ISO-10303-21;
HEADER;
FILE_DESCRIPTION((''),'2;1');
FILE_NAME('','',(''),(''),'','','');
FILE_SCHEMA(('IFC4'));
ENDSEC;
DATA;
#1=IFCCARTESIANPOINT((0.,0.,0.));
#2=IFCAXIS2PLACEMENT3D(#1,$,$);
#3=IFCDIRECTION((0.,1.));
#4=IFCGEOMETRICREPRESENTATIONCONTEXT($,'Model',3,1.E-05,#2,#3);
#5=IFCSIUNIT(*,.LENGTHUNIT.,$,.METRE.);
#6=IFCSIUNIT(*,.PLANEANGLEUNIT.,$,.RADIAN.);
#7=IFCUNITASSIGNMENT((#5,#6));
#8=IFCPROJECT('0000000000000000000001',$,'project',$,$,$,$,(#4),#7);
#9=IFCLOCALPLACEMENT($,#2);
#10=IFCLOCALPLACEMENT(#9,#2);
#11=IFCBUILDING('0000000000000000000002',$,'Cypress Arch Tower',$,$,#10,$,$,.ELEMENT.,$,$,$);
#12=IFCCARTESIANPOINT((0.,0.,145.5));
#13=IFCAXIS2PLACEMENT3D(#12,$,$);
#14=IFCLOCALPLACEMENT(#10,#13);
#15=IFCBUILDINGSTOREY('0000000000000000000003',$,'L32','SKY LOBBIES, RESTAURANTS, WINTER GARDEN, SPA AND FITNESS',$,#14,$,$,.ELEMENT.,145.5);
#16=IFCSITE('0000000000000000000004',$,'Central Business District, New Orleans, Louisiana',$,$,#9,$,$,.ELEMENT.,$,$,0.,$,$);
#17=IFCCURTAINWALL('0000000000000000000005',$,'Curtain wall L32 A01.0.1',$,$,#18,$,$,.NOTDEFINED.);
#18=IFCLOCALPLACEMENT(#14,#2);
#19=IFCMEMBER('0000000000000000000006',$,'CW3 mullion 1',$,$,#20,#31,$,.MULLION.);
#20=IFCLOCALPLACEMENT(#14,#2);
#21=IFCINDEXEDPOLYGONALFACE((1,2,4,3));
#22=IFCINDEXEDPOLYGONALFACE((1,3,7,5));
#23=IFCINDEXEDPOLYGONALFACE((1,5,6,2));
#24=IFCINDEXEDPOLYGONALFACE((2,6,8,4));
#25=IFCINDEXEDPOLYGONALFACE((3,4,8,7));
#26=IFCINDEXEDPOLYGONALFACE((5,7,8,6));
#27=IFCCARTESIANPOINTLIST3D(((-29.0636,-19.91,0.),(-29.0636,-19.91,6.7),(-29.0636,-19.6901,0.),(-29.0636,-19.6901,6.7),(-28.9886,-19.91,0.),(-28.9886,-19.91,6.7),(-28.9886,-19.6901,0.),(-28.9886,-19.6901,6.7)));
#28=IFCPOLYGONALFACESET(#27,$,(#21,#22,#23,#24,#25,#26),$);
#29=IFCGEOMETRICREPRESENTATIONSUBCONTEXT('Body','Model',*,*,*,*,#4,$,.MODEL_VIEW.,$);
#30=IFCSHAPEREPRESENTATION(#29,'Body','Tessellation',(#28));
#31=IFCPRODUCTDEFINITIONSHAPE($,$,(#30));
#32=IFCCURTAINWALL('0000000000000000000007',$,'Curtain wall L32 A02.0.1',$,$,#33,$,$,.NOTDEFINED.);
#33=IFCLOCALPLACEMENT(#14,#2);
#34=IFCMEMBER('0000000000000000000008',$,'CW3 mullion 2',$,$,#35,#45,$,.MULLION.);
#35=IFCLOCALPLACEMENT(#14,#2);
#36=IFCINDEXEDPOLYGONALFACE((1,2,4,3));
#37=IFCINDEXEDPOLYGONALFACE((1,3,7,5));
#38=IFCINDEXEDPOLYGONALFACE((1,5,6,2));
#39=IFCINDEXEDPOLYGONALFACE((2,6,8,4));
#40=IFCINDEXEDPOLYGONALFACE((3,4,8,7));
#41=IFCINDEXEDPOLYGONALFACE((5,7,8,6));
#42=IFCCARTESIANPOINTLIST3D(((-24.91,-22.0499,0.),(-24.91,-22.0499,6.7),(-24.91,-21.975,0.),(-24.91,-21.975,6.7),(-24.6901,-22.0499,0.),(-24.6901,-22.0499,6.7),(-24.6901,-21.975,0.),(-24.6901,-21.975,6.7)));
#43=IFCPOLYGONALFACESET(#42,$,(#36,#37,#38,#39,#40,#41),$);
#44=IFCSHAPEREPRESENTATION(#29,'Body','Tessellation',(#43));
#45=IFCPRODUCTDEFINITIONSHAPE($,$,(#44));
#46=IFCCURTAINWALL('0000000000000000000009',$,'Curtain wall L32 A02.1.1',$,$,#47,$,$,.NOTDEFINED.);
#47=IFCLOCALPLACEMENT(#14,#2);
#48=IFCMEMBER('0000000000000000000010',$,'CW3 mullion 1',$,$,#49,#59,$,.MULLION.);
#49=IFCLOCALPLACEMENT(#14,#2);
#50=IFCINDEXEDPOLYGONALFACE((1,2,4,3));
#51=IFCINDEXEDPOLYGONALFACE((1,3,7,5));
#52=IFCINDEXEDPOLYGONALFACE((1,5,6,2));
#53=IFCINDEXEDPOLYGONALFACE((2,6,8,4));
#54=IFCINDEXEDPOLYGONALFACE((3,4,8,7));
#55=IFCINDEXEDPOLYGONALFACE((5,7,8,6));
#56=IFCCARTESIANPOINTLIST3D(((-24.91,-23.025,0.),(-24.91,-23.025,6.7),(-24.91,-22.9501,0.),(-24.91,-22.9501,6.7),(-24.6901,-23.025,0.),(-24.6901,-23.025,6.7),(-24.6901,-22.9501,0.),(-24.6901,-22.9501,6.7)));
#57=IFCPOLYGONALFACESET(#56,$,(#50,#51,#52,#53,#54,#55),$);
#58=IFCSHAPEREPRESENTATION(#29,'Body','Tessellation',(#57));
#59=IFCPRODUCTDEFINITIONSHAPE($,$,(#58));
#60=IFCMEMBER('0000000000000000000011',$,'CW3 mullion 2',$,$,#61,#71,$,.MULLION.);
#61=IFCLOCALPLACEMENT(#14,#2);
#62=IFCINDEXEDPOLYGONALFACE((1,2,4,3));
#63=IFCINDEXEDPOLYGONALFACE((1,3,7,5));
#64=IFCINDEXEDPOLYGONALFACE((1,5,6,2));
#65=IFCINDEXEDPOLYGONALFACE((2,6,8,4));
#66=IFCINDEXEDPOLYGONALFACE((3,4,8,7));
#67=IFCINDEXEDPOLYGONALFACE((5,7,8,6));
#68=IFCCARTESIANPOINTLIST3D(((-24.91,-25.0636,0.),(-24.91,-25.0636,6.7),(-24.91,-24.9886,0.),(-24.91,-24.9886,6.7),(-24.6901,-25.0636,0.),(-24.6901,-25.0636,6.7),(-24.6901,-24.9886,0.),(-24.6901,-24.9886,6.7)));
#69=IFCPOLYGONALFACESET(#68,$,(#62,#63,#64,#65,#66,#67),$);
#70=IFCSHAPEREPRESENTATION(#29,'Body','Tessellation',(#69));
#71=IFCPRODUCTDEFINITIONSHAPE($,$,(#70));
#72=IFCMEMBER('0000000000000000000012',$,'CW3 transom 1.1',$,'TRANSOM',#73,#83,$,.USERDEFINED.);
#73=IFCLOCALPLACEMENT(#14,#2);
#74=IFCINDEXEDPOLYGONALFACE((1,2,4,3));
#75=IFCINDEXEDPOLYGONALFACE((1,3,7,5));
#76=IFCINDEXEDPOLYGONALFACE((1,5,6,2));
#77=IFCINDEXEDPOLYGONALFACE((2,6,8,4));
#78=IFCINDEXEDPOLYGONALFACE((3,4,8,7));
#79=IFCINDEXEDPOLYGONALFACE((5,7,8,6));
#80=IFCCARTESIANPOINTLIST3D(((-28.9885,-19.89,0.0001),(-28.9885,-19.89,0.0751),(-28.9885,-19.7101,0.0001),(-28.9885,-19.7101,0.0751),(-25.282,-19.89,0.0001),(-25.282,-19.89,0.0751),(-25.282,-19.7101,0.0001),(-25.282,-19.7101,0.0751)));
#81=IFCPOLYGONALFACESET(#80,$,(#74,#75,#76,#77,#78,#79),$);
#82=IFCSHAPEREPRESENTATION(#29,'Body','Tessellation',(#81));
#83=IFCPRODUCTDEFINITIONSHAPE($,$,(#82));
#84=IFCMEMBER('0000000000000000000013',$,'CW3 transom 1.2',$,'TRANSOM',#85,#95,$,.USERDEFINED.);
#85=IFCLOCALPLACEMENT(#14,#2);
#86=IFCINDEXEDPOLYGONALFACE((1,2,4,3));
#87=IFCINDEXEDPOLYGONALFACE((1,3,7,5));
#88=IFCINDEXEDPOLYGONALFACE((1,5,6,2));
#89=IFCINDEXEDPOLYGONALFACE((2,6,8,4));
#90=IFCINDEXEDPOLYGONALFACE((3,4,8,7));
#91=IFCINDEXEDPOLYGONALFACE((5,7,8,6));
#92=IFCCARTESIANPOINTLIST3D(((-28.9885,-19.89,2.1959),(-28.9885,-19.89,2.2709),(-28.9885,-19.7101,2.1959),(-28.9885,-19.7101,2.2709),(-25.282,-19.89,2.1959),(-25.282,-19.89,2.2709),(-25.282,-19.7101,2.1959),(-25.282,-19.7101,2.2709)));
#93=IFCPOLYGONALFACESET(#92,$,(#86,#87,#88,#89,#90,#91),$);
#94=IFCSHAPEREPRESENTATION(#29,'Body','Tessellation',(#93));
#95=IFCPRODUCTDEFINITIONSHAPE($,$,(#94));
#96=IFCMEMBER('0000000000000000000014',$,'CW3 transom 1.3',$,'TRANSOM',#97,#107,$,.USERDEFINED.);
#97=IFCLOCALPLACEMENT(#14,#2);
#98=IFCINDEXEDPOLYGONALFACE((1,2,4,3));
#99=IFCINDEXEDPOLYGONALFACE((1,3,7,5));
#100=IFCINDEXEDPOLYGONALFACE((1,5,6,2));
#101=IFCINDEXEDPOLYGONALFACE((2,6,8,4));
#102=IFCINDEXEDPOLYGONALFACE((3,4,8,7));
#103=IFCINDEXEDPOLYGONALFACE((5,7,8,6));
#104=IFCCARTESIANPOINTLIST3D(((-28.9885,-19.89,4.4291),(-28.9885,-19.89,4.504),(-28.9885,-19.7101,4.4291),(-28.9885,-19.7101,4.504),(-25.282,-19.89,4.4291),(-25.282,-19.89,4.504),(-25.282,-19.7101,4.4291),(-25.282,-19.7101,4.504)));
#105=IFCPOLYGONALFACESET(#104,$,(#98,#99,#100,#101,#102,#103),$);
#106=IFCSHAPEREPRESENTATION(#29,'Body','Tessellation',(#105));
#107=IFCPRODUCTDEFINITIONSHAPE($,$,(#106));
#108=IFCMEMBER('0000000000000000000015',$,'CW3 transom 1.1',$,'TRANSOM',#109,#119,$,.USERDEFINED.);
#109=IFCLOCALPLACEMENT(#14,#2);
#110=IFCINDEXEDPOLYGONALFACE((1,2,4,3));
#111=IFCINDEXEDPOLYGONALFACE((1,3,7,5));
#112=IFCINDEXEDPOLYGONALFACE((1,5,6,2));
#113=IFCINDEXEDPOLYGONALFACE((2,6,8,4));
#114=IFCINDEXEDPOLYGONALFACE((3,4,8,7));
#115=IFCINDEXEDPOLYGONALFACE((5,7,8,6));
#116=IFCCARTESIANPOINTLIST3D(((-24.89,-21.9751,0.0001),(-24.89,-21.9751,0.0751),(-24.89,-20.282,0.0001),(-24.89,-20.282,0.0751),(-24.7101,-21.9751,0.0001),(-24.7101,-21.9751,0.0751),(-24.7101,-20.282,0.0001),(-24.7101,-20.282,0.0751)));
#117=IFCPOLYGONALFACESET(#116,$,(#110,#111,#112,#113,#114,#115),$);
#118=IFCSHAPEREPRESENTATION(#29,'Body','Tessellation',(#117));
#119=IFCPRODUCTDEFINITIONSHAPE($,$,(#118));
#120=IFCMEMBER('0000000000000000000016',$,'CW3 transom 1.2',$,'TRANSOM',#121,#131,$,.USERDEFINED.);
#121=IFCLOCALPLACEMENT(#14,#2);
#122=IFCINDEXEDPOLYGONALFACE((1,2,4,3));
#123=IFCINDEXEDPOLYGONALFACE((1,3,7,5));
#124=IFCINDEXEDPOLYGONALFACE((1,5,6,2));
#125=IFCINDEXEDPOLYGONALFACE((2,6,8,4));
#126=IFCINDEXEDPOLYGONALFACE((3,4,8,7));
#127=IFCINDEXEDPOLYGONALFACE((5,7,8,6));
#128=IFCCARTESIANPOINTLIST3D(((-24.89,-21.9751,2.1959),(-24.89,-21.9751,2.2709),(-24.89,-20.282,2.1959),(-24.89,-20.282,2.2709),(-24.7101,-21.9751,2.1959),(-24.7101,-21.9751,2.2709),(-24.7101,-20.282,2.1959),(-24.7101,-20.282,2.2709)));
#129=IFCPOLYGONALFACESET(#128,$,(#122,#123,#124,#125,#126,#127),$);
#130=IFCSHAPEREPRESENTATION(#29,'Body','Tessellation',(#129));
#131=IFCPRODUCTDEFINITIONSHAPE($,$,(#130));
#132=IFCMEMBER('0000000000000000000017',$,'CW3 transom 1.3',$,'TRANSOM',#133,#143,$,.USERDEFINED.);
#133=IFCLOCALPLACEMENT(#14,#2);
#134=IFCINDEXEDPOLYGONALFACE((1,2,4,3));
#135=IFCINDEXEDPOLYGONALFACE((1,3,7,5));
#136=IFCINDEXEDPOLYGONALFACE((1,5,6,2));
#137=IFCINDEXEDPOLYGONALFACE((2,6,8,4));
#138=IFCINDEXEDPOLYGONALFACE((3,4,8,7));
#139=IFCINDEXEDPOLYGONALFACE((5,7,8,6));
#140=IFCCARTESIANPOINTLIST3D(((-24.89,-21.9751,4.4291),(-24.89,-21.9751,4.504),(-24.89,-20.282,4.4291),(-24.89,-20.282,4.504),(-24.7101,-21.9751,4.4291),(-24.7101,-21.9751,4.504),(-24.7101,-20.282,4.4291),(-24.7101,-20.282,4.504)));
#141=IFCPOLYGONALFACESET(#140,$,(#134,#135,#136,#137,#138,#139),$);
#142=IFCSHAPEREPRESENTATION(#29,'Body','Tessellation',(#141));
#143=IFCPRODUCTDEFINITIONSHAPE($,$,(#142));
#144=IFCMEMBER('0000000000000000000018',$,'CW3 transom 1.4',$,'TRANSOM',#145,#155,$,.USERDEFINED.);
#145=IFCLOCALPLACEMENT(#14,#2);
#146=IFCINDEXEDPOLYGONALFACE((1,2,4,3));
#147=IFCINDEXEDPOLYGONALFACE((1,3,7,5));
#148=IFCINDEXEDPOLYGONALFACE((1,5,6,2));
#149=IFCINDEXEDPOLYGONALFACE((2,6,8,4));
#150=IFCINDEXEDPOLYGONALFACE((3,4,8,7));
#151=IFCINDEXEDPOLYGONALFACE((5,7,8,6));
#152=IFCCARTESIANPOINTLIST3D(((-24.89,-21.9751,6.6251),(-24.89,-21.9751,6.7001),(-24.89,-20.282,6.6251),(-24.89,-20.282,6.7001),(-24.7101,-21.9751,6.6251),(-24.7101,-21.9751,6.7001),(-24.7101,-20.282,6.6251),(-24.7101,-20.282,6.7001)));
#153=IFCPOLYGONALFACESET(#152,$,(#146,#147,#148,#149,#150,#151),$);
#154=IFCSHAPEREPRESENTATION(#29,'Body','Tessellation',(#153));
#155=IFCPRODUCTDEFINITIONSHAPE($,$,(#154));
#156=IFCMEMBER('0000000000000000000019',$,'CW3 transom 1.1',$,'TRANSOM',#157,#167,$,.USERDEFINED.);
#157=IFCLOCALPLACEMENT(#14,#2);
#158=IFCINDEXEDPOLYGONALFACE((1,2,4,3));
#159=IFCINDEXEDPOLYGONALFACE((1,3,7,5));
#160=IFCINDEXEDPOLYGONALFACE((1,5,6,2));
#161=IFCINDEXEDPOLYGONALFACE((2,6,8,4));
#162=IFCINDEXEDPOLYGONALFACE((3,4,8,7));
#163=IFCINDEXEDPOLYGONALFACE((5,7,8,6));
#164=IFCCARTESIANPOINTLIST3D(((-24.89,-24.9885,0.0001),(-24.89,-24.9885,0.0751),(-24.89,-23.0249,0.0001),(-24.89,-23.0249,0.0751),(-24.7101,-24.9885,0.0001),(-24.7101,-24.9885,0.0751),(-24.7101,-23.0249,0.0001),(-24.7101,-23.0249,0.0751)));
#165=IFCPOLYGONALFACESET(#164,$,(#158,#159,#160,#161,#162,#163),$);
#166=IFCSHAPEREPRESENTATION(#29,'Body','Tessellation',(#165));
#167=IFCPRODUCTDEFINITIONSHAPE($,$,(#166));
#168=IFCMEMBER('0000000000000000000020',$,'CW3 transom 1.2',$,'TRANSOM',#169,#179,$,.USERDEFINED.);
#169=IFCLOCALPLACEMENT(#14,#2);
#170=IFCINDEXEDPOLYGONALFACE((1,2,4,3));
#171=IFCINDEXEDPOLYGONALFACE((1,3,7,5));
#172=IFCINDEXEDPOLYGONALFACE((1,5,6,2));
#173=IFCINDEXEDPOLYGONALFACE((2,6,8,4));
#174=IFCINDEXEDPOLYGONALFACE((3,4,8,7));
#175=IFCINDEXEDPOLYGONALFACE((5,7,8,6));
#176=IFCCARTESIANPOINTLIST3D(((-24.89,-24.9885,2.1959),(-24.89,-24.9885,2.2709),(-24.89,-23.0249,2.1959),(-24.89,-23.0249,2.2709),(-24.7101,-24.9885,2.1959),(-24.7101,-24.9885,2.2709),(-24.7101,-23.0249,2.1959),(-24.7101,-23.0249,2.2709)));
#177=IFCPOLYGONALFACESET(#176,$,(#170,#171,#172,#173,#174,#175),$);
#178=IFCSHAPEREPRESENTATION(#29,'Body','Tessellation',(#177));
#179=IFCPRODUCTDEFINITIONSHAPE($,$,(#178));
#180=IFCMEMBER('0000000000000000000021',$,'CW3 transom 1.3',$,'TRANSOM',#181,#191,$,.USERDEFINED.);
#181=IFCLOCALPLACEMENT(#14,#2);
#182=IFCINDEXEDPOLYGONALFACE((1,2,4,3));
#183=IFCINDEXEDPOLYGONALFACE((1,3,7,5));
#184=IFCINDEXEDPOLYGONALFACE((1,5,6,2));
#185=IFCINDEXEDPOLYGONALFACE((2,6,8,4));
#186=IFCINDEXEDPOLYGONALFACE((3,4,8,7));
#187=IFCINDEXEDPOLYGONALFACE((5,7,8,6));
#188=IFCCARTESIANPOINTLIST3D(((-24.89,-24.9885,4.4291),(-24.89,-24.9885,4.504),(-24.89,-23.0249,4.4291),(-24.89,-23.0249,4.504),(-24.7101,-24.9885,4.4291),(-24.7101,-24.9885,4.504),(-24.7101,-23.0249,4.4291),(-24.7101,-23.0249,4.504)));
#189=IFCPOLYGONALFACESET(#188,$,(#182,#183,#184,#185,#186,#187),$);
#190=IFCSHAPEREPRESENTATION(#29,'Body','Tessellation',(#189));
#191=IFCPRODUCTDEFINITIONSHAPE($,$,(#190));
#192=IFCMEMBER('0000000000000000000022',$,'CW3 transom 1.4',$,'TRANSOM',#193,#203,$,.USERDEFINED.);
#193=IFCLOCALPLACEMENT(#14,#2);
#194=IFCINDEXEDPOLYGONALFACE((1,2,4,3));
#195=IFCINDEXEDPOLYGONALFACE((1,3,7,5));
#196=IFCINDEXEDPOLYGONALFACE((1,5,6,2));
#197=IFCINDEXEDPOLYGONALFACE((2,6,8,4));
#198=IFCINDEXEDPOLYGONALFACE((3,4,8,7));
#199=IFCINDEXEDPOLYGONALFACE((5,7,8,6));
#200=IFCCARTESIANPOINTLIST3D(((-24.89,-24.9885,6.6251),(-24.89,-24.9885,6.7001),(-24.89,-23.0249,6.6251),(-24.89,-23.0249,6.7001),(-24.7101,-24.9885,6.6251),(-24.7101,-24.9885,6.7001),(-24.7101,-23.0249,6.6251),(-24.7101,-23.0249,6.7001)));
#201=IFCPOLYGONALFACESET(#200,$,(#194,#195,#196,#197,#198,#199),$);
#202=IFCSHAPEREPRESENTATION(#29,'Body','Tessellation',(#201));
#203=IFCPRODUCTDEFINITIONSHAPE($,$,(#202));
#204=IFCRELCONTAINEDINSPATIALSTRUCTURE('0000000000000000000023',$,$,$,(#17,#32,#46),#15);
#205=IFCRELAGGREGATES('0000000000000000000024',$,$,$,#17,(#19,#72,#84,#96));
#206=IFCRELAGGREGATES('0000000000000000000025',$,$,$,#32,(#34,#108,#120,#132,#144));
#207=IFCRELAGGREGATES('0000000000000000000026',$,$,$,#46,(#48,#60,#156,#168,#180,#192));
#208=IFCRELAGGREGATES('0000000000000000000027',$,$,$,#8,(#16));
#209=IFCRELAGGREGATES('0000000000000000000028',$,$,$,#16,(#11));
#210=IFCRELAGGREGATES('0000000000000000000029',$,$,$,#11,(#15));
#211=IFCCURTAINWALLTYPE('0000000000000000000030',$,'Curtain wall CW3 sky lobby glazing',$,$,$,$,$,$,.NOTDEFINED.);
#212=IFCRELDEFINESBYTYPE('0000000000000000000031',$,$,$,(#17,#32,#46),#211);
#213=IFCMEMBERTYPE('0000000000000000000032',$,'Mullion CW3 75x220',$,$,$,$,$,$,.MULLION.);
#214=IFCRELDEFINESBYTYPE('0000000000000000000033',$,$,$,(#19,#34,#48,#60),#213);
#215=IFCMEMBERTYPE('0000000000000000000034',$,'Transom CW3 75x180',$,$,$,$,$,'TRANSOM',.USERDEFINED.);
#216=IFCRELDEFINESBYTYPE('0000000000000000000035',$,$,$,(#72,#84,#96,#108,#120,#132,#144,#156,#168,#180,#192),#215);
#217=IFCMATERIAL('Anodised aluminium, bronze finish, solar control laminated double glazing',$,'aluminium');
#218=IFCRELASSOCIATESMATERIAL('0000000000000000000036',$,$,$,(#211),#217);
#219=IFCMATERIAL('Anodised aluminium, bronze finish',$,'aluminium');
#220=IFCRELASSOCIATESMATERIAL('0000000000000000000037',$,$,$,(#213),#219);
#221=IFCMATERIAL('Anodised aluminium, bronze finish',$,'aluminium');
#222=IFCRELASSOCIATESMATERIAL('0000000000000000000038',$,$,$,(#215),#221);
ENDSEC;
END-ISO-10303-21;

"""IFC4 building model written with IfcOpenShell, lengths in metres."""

from ifc_helpers import new_model, si_unit, direction, frame, origin, origin_2d, place, context, subcontext, project, spatial, rectangle, extrude, material, material_profile, profile_set, type_object, element, aggregate, save


model = new_model("IFC4")

# Units and contexts
model_context = context("Model", 3, precision=1e-05, world=origin(), true_north=direction((0.0, 1.0)))
body_context = subcontext(model_context, "Body", "Model", "MODEL_VIEW")
ifc_project = project(units=[si_unit("LENGTHUNIT", "METRE"), si_unit("PLANEANGLEUNIT", "RADIAN")], contexts=[model_context])

# Site, building, storey
site_placement = place(None, origin())
site = spatial("IfcSite", under=ifc_project, at=site_placement, Name="Central Business District, New Orleans, Louisiana", CompositionType="ELEMENT", RefElevation=0.0)
building_placement = place(site_placement, origin())
building = spatial("IfcBuilding", under=site, at=building_placement, Name="Cypress Arch Tower", CompositionType="ELEMENT")
storey_placement = place(building_placement, frame((0.0, 0.0, 145.5)))
storey = spatial("IfcBuildingStorey", under=building, at=storey_placement, Name="L32", Description="SKY LOBBIES, RESTAURANTS, WINTER GARDEN, SPA AND FITNESS", CompositionType="ELEMENT", Elevation=145.5)

# Curtain walls, members
ifc_material_1 = material(Name="Anodised aluminium, bronze finish, solar control laminated double glazing", Category="aluminium")
curtain_wall_type = type_object("IfcCurtainWallType", Name="Curtain wall CW3 sky lobby glazing", PredefinedType="NOTDEFINED", material=ifc_material_1)
curtain_wall_1_placement = place(storey_placement, origin())
curtain_wall_1 = element("IfcCurtainWall", 1, at=curtain_wall_1_placement, inside=storey, type_object=curtain_wall_type, Name="Curtain wall L32 A01.0.1", PredefinedType="NOTDEFINED")
ifc_material_2 = material(Name="Anodised aluminium, bronze finish", Category="aluminium")
ifc_material_profile_1 = material_profile(ifc_material_2, rectangle(XDim=0.22, YDim=0.075, at=origin_2d()), Name="Mullion 75x220")
ifc_profile_set_1 = profile_set([ifc_material_profile_1], Name="Anodised aluminium, bronze finish")
member_type_1 = type_object("IfcMemberType", Name="Mullion CW3 75x220", PredefinedType="MULLION", material=ifc_profile_set_1)
member_1_placement = place(storey_placement, frame((-29.0261, -19.8, 0.0), z_axis=(0.0, 0.0, 1.0), x_axis=(0.0, 1.0, 0.0)))
member_1 = element("IfcMember", 2, at=member_1_placement, type_object=member_type_1, Name="CW3 mullion 1", PredefinedType="MULLION", context=body_context, shape_type="SweptSolid", body=[
    extrude(rectangle(XDim=0.22, YDim=0.075, at=origin_2d()), origin(), (0.0, 0.0, 1.0), 6.7),
])
curtain_wall_2_placement = place(storey_placement, origin())
curtain_wall_2 = element("IfcCurtainWall", 3, at=curtain_wall_2_placement, inside=storey, type_object=curtain_wall_type, Name="Curtain wall L32 A02.0.1", PredefinedType="NOTDEFINED")
member_2_placement = place(storey_placement, frame((-24.8, -22.0125, 0.0), z_axis=(0.0, 0.0, 1.0), x_axis=(1.0, 0.0, 0.0)))
member_2 = element("IfcMember", 4, at=member_2_placement, type_object=member_type_1, Name="CW3 mullion 2", PredefinedType="MULLION", context=body_context, shape_type="SweptSolid", body=[
    extrude(rectangle(XDim=0.22, YDim=0.075, at=origin_2d()), origin(), (0.0, 0.0, 1.0), 6.7),
])

# Curtain wall, members
curtain_wall_3_placement = place(storey_placement, origin())
curtain_wall_3 = element("IfcCurtainWall", 5, at=curtain_wall_3_placement, inside=storey, type_object=curtain_wall_type, Name="Curtain wall L32 A02.1.1", PredefinedType="NOTDEFINED")
member_3_placement = place(storey_placement, frame((-24.8, -22.9875, 0.0), z_axis=(0.0, 0.0, 1.0), x_axis=(1.0, 0.0, 0.0)))
member_3 = element("IfcMember", 6, at=member_3_placement, type_object=member_type_1, Name="CW3 mullion 1", PredefinedType="MULLION", context=body_context, shape_type="SweptSolid", body=[
    extrude(rectangle(XDim=0.22, YDim=0.075, at=origin_2d()), origin(), (0.0, 0.0, 1.0), 6.7),
])
member_4_placement = place(storey_placement, frame((-24.8, -25.0261, 0.0), z_axis=(0.0, 0.0, 1.0), x_axis=(1.0, 0.0, 0.0)))
member_4 = element("IfcMember", 7, at=member_4_placement, type_object=member_type_1, Name="CW3 mullion 2", PredefinedType="MULLION", context=body_context, shape_type="SweptSolid", body=[
    extrude(rectangle(XDim=0.22, YDim=0.075, at=origin_2d()), origin(), (0.0, 0.0, 1.0), 6.7),
])

# Members
ifc_material_3 = material(Name="Anodised aluminium, bronze finish", Category="aluminium")
ifc_material_profile_2 = material_profile(ifc_material_3, rectangle(XDim=0.1799, YDim=0.075, at=origin_2d()), Name="Transom 75x180")
ifc_profile_set_2 = profile_set([ifc_material_profile_2], Name="Anodised aluminium, bronze finish")
member_type_2 = type_object("IfcMemberType", Name="Transom CW3 75x180", ElementType="TRANSOM", PredefinedType="USERDEFINED", material=ifc_profile_set_2)
member_5_placement = place(storey_placement, frame((-28.9885, -19.8, 0.0376), z_axis=(1.0, 0.0, 0.0), x_axis=(0.0, 1.0, 0.0)))
member_5 = element("IfcMember", 8, at=member_5_placement, type_object=member_type_2, Name="CW3 transom 1.1", ObjectType="TRANSOM", PredefinedType="USERDEFINED", context=body_context, shape_type="SweptSolid", body=[
    extrude(rectangle(XDim=0.1799, YDim=0.075, at=origin_2d()), origin(), (0.0, 0.0, 1.0), 3.7065),
])
member_6_placement = place(storey_placement, frame((-28.9885, -19.8, 2.2334), z_axis=(1.0, 0.0, 0.0), x_axis=(0.0, 1.0, 0.0)))
member_6 = element("IfcMember", 9, at=member_6_placement, type_object=member_type_2, Name="CW3 transom 1.2", ObjectType="TRANSOM", PredefinedType="USERDEFINED", context=body_context, shape_type="SweptSolid", body=[
    extrude(rectangle(XDim=0.1799, YDim=0.075, at=origin_2d()), origin(), (0.0, 0.0, 1.0), 3.7065),
])
member_7_placement = place(storey_placement, frame((-28.9885, -19.8, 4.4666), z_axis=(1.0, 0.0, 0.0), x_axis=(0.0, 1.0, 0.0)))
member_7 = element("IfcMember", 10, at=member_7_placement, type_object=member_type_2, Name="CW3 transom 1.3", ObjectType="TRANSOM", PredefinedType="USERDEFINED", context=body_context, shape_type="SweptSolid", body=[
    extrude(rectangle(XDim=0.1799, YDim=0.075, at=origin_2d()), origin(), (0.0, 0.0, 1.0), 3.7065),
])
aggregate(curtain_wall_1, [member_1, member_5, member_6, member_7])
member_8_placement = place(storey_placement, frame((-24.8, -20.282, 0.0376), z_axis=(0.0, -1.0, 0.0), x_axis=(1.0, 0.0, 0.0)))
member_8 = element("IfcMember", 11, at=member_8_placement, type_object=member_type_2, Name="CW3 transom 1.1", ObjectType="TRANSOM", PredefinedType="USERDEFINED", context=body_context, shape_type="SweptSolid", body=[
    extrude(rectangle(XDim=0.1799, YDim=0.075, at=origin_2d()), origin(), (0.0, 0.0, 1.0), 1.6931),
])
member_9_placement = place(storey_placement, frame((-24.8, -20.282, 2.2334), z_axis=(0.0, -1.0, 0.0), x_axis=(1.0, 0.0, 0.0)))
member_9 = element("IfcMember", 12, at=member_9_placement, type_object=member_type_2, Name="CW3 transom 1.2", ObjectType="TRANSOM", PredefinedType="USERDEFINED", context=body_context, shape_type="SweptSolid", body=[
    extrude(rectangle(XDim=0.1799, YDim=0.075, at=origin_2d()), origin(), (0.0, 0.0, 1.0), 1.6931),
])
member_10_placement = place(storey_placement, frame((-24.8, -20.282, 4.4666), z_axis=(0.0, -1.0, 0.0), x_axis=(1.0, 0.0, 0.0)))
member_10 = element("IfcMember", 13, at=member_10_placement, type_object=member_type_2, Name="CW3 transom 1.3", ObjectType="TRANSOM", PredefinedType="USERDEFINED", context=body_context, shape_type="SweptSolid", body=[
    extrude(rectangle(XDim=0.1799, YDim=0.075, at=origin_2d()), origin(), (0.0, 0.0, 1.0), 1.6931),
])
member_11_placement = place(storey_placement, frame((-24.8, -20.282, 6.6626), z_axis=(0.0, -1.0, 0.0), x_axis=(1.0, 0.0, 0.0)))
member_11 = element("IfcMember", 14, at=member_11_placement, type_object=member_type_2, Name="CW3 transom 1.4", ObjectType="TRANSOM", PredefinedType="USERDEFINED", context=body_context, shape_type="SweptSolid", body=[
    extrude(rectangle(XDim=0.1799, YDim=0.075, at=origin_2d()), origin(), (0.0, 0.0, 1.0), 1.6931),
])
member_12_placement = place(storey_placement, frame((-24.8, -23.0249, 0.0376), z_axis=(0.0, -1.0, 0.0), x_axis=(1.0, 0.0, 0.0)))
member_12 = element("IfcMember", 15, at=member_12_placement, type_object=member_type_2, Name="CW3 transom 1.1", ObjectType="TRANSOM", PredefinedType="USERDEFINED", context=body_context, shape_type="SweptSolid", body=[
    extrude(rectangle(XDim=0.1799, YDim=0.075, at=origin_2d()), origin(), (0.0, 0.0, 1.0), 1.9636),
])
member_13_placement = place(storey_placement, frame((-24.8, -23.0249, 2.2334), z_axis=(0.0, -1.0, 0.0), x_axis=(1.0, 0.0, 0.0)))
member_13 = element("IfcMember", 16, at=member_13_placement, type_object=member_type_2, Name="CW3 transom 1.2", ObjectType="TRANSOM", PredefinedType="USERDEFINED", context=body_context, shape_type="SweptSolid", body=[
    extrude(rectangle(XDim=0.1799, YDim=0.075, at=origin_2d()), origin(), (0.0, 0.0, 1.0), 1.9636),
])
member_14_placement = place(storey_placement, frame((-24.8, -23.0249, 4.4666), z_axis=(0.0, -1.0, 0.0), x_axis=(1.0, 0.0, 0.0)))
member_14 = element("IfcMember", 17, at=member_14_placement, type_object=member_type_2, Name="CW3 transom 1.3", ObjectType="TRANSOM", PredefinedType="USERDEFINED", context=body_context, shape_type="SweptSolid", body=[
    extrude(rectangle(XDim=0.1799, YDim=0.075, at=origin_2d()), origin(), (0.0, 0.0, 1.0), 1.9636),
])
member_15_placement = place(storey_placement, frame((-24.8, -23.0249, 6.6626), z_axis=(0.0, -1.0, 0.0), x_axis=(1.0, 0.0, 0.0)))
member_15 = element("IfcMember", 18, at=member_15_placement, type_object=member_type_2, Name="CW3 transom 1.4", ObjectType="TRANSOM", PredefinedType="USERDEFINED", context=body_context, shape_type="SweptSolid", body=[
    extrude(rectangle(XDim=0.1799, YDim=0.075, at=origin_2d()), origin(), (0.0, 0.0, 1.0), 1.9636),
])

aggregate(curtain_wall_2, [member_2, member_8, member_9, member_10, member_11])
aggregate(curtain_wall_3, [member_3, member_4, member_12, member_13, member_14, member_15])

save(model, "model.ifc")
